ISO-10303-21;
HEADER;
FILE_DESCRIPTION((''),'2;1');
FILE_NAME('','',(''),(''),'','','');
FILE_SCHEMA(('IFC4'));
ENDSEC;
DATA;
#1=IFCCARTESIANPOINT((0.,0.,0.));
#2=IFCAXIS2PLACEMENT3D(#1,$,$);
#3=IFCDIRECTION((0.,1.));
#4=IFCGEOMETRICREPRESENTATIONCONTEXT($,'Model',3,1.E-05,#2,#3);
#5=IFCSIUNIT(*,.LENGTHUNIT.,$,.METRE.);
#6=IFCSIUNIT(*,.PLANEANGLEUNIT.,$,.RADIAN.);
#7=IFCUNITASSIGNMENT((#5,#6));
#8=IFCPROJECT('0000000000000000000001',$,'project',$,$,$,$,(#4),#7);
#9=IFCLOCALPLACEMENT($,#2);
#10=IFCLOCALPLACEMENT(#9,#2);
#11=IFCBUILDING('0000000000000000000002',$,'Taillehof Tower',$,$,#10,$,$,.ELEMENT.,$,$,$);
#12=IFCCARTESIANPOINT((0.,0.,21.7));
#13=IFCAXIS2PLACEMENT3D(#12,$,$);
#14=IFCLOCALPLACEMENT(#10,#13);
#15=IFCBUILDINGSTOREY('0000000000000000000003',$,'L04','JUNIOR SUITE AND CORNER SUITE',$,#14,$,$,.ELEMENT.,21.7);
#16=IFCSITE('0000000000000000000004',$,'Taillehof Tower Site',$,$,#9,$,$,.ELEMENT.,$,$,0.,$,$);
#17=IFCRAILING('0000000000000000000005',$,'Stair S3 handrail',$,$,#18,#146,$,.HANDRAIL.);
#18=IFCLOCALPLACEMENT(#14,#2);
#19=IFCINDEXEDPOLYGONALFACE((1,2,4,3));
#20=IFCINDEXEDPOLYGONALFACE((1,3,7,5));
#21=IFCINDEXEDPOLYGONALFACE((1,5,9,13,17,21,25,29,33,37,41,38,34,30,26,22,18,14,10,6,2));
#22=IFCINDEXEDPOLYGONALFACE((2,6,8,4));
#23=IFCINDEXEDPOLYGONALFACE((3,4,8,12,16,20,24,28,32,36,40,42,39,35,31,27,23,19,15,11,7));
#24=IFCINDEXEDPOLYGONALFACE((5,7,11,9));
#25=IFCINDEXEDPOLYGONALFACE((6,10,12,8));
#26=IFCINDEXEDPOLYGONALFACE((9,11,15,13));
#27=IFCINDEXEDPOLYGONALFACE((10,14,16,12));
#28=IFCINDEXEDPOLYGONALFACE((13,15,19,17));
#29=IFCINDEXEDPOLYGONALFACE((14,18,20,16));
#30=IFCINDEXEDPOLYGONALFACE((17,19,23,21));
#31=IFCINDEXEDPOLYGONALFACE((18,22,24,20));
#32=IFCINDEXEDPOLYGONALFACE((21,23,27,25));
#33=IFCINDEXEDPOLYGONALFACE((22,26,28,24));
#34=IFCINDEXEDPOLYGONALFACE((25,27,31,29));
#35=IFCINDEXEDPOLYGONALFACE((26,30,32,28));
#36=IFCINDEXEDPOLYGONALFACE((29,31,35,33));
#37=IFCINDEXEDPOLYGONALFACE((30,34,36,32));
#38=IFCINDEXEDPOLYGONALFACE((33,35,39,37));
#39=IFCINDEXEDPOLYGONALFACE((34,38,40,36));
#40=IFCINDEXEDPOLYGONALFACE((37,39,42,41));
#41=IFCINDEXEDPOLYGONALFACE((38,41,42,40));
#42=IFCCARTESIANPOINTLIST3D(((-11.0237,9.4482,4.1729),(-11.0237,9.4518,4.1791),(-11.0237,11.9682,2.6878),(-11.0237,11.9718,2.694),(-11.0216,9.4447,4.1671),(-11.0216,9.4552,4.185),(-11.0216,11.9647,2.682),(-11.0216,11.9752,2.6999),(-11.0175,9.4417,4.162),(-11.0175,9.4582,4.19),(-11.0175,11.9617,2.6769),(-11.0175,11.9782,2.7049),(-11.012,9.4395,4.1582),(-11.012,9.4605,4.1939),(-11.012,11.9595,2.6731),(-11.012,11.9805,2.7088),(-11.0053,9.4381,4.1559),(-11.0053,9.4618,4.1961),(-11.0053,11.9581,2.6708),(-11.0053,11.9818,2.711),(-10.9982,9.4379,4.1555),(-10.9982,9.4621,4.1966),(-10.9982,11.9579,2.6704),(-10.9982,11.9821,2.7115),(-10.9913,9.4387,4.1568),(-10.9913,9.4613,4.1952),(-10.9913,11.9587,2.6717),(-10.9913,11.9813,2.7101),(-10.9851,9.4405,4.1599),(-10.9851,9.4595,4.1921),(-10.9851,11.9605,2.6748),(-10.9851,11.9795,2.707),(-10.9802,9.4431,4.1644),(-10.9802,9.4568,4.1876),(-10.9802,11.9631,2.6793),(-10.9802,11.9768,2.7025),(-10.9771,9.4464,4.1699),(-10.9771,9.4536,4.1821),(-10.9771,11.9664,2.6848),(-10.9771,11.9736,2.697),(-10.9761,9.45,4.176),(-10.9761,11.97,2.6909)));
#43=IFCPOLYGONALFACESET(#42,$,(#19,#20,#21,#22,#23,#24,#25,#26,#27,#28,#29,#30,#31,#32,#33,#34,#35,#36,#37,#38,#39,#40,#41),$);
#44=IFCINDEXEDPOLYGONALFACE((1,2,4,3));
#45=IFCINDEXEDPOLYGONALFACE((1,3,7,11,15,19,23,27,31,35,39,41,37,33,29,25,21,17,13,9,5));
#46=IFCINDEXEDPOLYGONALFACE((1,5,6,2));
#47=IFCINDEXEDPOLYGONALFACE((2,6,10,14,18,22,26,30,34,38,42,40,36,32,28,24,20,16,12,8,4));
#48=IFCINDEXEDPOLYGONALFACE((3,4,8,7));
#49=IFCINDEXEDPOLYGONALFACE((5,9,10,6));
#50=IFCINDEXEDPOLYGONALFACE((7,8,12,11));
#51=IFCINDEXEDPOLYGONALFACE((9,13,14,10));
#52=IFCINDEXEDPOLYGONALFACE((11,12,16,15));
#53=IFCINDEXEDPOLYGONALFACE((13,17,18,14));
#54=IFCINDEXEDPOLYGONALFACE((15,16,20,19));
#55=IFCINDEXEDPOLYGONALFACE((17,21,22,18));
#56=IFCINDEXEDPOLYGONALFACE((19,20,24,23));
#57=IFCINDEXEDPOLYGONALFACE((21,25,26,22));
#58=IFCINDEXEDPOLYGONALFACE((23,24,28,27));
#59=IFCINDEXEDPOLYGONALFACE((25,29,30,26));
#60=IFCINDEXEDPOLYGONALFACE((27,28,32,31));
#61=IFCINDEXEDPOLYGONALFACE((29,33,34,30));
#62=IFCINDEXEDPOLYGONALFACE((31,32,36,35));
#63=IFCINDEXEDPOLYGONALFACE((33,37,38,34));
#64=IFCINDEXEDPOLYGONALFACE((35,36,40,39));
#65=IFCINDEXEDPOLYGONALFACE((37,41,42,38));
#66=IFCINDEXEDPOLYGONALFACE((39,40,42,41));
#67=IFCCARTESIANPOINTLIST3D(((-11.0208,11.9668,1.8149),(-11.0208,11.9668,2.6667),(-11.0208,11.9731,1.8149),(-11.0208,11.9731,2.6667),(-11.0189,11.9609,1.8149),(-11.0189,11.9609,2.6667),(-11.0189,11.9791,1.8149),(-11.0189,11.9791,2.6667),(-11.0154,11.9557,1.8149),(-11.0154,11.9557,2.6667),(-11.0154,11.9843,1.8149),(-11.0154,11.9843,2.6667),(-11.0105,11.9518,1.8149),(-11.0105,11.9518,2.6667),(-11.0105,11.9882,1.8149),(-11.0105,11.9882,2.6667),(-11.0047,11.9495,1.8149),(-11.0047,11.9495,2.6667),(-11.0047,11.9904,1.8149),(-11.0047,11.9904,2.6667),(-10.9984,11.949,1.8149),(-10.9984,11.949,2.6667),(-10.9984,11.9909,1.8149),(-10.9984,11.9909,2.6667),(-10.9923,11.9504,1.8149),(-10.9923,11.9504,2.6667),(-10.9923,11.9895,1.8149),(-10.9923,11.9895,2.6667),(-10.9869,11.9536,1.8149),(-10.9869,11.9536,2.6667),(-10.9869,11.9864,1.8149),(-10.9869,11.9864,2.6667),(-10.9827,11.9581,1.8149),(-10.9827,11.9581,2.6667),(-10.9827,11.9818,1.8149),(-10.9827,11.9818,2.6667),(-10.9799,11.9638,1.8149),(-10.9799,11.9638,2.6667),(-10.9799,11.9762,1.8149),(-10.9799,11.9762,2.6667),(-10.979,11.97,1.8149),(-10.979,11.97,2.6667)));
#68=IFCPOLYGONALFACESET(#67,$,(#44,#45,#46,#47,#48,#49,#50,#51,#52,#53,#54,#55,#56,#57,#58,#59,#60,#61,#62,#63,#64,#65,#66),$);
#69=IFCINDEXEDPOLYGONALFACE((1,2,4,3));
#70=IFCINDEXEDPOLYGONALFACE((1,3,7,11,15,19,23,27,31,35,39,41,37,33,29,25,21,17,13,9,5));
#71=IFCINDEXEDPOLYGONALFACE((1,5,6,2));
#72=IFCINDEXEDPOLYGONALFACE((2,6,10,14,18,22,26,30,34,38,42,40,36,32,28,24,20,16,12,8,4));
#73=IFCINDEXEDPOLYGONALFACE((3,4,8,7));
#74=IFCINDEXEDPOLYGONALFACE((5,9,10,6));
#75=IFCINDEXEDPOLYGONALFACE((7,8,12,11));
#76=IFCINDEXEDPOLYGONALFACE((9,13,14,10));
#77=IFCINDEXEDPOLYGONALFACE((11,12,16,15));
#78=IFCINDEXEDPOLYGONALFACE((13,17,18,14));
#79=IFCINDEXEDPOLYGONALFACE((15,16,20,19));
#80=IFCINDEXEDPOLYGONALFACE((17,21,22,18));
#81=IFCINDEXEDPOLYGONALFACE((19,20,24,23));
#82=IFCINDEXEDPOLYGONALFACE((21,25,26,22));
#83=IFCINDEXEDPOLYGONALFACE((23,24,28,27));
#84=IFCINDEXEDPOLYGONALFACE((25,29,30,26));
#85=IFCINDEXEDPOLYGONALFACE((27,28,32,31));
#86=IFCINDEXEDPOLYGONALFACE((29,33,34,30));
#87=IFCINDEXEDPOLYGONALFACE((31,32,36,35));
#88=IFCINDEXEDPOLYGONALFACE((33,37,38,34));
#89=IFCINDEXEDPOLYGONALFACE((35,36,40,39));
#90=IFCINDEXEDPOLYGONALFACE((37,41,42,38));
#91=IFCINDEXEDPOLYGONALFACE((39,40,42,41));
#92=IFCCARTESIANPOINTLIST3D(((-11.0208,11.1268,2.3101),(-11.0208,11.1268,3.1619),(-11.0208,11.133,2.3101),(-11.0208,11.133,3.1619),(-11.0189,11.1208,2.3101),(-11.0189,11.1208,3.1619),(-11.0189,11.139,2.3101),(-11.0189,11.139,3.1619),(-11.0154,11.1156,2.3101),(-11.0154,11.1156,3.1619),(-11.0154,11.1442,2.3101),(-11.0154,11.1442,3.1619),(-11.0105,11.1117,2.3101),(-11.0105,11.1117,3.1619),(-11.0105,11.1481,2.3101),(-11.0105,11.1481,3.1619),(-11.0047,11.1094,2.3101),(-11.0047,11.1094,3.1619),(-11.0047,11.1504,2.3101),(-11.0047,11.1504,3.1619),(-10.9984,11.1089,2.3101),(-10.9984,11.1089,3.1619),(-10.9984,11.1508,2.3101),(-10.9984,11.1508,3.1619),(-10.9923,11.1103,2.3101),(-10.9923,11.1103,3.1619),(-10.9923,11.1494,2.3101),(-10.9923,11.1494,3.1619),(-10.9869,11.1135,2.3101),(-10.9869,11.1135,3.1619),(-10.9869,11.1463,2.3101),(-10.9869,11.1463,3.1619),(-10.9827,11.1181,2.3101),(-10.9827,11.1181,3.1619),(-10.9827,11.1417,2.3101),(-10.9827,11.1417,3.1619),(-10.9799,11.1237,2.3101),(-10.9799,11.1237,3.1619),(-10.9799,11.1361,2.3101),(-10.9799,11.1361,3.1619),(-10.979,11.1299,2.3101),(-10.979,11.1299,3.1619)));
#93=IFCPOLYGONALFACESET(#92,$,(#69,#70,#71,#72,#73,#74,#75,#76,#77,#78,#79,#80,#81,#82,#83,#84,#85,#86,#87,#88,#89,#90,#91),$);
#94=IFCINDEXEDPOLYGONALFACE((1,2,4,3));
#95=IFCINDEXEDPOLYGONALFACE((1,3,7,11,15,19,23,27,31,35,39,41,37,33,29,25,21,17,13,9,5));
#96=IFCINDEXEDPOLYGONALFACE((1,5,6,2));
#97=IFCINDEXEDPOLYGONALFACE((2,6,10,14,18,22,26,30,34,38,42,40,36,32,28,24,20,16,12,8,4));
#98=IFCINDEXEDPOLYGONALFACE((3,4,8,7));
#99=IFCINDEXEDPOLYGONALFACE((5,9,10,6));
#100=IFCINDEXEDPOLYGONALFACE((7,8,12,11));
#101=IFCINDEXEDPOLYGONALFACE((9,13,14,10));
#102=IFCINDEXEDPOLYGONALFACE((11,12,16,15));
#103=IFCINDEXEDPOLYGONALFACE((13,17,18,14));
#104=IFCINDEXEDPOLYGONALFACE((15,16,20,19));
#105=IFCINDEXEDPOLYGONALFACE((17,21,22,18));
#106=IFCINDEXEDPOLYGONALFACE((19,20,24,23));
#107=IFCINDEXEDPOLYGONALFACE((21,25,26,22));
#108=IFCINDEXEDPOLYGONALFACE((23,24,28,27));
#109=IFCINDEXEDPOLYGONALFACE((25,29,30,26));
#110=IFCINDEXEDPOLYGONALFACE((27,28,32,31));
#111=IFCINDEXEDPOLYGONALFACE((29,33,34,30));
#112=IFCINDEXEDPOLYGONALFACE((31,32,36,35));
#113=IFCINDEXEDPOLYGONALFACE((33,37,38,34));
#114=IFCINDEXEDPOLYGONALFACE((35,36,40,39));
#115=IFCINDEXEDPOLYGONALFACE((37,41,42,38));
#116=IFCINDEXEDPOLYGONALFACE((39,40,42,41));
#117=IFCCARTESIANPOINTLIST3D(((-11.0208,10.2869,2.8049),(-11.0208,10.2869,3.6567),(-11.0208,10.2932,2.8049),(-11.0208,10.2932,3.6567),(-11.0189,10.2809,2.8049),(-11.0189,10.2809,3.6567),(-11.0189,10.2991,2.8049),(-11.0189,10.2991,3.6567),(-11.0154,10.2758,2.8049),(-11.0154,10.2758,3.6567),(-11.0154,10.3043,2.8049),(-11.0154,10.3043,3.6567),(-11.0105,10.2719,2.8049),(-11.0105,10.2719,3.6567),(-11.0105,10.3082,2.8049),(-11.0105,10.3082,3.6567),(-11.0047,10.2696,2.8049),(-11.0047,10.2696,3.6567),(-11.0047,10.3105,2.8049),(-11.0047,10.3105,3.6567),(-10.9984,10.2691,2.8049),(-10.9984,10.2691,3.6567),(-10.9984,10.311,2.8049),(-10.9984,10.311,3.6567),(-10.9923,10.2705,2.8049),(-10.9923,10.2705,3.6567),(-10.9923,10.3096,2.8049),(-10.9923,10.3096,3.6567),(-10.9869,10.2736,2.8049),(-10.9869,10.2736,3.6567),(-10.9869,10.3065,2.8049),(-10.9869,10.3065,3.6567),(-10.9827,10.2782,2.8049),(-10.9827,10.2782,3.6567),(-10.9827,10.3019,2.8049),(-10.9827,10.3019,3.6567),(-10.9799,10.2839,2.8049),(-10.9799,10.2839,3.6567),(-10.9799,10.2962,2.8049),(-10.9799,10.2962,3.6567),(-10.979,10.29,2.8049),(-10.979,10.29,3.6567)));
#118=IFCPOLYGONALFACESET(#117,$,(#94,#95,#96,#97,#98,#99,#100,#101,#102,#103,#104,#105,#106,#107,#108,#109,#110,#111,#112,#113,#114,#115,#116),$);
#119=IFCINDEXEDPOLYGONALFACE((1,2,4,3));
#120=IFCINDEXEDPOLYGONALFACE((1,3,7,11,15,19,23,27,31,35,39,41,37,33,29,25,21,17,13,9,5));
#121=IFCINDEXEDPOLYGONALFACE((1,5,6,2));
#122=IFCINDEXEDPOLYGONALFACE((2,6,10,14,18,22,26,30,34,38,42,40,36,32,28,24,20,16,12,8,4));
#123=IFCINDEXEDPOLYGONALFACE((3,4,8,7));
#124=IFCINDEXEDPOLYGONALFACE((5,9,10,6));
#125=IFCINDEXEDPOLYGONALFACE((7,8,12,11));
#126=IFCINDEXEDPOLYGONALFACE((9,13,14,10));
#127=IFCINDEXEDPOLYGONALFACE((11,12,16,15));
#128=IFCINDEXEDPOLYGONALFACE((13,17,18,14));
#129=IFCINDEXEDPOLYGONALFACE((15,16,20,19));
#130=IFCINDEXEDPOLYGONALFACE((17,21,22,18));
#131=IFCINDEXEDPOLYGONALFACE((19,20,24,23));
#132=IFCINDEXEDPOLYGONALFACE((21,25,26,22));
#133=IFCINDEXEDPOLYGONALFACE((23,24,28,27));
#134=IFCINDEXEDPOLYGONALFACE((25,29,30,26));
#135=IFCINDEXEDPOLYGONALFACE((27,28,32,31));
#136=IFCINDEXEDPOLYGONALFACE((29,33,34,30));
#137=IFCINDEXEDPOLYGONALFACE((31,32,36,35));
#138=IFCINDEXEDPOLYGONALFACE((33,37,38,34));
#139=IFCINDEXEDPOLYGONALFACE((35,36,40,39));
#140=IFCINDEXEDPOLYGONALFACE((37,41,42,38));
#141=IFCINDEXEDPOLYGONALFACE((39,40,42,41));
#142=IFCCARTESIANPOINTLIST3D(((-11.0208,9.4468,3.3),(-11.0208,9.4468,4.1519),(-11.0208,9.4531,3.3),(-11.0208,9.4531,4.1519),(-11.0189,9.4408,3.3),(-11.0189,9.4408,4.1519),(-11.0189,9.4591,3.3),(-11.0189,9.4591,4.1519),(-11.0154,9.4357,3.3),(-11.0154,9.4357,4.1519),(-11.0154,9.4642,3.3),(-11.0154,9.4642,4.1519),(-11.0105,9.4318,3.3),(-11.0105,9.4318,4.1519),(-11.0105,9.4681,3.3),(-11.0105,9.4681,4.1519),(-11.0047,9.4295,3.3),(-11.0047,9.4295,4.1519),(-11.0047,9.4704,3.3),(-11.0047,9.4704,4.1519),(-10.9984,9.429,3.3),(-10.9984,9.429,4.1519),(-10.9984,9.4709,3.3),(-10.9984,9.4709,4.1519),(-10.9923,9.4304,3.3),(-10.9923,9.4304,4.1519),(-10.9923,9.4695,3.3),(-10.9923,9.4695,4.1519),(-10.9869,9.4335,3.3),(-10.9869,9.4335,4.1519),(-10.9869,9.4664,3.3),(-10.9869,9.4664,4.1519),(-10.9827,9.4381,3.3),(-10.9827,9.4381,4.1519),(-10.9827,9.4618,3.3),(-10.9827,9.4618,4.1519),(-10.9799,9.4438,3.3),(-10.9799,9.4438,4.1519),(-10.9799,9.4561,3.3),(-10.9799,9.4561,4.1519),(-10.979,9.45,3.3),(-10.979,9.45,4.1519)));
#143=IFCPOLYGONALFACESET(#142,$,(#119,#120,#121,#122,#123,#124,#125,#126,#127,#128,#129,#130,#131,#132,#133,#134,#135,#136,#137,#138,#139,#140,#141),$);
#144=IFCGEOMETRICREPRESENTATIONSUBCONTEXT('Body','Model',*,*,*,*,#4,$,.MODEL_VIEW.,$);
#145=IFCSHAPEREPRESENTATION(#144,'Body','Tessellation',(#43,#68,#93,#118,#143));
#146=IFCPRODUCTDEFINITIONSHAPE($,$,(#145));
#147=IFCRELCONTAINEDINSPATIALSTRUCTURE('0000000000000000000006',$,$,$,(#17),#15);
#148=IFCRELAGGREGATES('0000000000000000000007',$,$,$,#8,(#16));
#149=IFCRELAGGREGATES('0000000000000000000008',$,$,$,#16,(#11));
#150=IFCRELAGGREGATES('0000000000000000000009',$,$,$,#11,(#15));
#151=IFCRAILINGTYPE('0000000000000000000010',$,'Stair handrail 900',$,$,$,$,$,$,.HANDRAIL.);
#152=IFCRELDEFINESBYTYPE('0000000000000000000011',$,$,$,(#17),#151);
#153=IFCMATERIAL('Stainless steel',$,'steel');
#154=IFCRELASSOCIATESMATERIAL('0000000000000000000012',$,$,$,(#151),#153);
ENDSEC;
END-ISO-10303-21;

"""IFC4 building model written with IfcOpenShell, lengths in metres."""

from ifc_helpers import new_model, si_unit, direction, frame, origin, origin_2d, place, context, subcontext, project, spatial, circle, extrude, material, type_object, element, save


model = new_model("IFC4")

# Units and contexts
model_context = context("Model", 3, precision=1e-05, world=origin(), true_north=direction((0.0, 1.0)))
body_context = subcontext(model_context, "Body", "Model", "MODEL_VIEW")
ifc_project = project(units=[si_unit("LENGTHUNIT", "METRE"), si_unit("PLANEANGLEUNIT", "RADIAN")], contexts=[model_context])

# Site, building, storey
site_placement = place(None, origin())
site = spatial("IfcSite", under=ifc_project, at=site_placement, Name="Taillehof Tower Site", CompositionType="ELEMENT", RefElevation=0.0)
building_placement = place(site_placement, origin())
building = spatial("IfcBuilding", under=site, at=building_placement, Name="Taillehof Tower", CompositionType="ELEMENT")
storey_placement = place(building_placement, frame((0.0, 0.0, 21.7)))
storey = spatial("IfcBuildingStorey", under=building, at=storey_placement, Name="L04", Description="JUNIOR SUITE AND CORNER SUITE", CompositionType="ELEMENT", Elevation=21.7)

# Railing
ifc_material_1 = material(Name="Stainless steel", Category="steel")
railing_type = type_object("IfcRailingType", Name="Stair handrail 900", PredefinedType="HANDRAIL", material=ifc_material_1)
railing_placement = place(storey_placement, frame((-11.0, 11.97, 1.8149)))
element("IfcRailing", 1, at=railing_placement, inside=storey, type_object=railing_type, Name="Stair S3 handrail", PredefinedType="HANDRAIL", context=body_context, shape_type="SweptSolid", body=[
    extrude(circle(Radius=0.0239, at=origin_2d()), frame((0.0, 0.0, 0.876), z_axis=(0.0, -0.861524, 0.507717), x_axis=(1.0, 0.0, 0.0)), (0.0, 0.0, 1.0), 2.925),
    extrude(circle(Radius=0.021, at=origin_2d()), origin(), (0.0, 0.0, 1.0), 0.8518),
    extrude(circle(Radius=0.021, at=origin_2d()), frame((0.0, -0.8401, 0.4951)), (0.0, 0.0, 1.0), 0.8518),
    extrude(circle(Radius=0.021, at=origin_2d()), frame((0.0, -1.6799, 0.99)), (0.0, 0.0, 1.0), 0.8518),
    extrude(circle(Radius=0.021, at=origin_2d()), frame((0.0, -2.52, 1.4851)), (0.0, 0.0, 1.0), 0.8518),
])

save(model, "model.ifc")
